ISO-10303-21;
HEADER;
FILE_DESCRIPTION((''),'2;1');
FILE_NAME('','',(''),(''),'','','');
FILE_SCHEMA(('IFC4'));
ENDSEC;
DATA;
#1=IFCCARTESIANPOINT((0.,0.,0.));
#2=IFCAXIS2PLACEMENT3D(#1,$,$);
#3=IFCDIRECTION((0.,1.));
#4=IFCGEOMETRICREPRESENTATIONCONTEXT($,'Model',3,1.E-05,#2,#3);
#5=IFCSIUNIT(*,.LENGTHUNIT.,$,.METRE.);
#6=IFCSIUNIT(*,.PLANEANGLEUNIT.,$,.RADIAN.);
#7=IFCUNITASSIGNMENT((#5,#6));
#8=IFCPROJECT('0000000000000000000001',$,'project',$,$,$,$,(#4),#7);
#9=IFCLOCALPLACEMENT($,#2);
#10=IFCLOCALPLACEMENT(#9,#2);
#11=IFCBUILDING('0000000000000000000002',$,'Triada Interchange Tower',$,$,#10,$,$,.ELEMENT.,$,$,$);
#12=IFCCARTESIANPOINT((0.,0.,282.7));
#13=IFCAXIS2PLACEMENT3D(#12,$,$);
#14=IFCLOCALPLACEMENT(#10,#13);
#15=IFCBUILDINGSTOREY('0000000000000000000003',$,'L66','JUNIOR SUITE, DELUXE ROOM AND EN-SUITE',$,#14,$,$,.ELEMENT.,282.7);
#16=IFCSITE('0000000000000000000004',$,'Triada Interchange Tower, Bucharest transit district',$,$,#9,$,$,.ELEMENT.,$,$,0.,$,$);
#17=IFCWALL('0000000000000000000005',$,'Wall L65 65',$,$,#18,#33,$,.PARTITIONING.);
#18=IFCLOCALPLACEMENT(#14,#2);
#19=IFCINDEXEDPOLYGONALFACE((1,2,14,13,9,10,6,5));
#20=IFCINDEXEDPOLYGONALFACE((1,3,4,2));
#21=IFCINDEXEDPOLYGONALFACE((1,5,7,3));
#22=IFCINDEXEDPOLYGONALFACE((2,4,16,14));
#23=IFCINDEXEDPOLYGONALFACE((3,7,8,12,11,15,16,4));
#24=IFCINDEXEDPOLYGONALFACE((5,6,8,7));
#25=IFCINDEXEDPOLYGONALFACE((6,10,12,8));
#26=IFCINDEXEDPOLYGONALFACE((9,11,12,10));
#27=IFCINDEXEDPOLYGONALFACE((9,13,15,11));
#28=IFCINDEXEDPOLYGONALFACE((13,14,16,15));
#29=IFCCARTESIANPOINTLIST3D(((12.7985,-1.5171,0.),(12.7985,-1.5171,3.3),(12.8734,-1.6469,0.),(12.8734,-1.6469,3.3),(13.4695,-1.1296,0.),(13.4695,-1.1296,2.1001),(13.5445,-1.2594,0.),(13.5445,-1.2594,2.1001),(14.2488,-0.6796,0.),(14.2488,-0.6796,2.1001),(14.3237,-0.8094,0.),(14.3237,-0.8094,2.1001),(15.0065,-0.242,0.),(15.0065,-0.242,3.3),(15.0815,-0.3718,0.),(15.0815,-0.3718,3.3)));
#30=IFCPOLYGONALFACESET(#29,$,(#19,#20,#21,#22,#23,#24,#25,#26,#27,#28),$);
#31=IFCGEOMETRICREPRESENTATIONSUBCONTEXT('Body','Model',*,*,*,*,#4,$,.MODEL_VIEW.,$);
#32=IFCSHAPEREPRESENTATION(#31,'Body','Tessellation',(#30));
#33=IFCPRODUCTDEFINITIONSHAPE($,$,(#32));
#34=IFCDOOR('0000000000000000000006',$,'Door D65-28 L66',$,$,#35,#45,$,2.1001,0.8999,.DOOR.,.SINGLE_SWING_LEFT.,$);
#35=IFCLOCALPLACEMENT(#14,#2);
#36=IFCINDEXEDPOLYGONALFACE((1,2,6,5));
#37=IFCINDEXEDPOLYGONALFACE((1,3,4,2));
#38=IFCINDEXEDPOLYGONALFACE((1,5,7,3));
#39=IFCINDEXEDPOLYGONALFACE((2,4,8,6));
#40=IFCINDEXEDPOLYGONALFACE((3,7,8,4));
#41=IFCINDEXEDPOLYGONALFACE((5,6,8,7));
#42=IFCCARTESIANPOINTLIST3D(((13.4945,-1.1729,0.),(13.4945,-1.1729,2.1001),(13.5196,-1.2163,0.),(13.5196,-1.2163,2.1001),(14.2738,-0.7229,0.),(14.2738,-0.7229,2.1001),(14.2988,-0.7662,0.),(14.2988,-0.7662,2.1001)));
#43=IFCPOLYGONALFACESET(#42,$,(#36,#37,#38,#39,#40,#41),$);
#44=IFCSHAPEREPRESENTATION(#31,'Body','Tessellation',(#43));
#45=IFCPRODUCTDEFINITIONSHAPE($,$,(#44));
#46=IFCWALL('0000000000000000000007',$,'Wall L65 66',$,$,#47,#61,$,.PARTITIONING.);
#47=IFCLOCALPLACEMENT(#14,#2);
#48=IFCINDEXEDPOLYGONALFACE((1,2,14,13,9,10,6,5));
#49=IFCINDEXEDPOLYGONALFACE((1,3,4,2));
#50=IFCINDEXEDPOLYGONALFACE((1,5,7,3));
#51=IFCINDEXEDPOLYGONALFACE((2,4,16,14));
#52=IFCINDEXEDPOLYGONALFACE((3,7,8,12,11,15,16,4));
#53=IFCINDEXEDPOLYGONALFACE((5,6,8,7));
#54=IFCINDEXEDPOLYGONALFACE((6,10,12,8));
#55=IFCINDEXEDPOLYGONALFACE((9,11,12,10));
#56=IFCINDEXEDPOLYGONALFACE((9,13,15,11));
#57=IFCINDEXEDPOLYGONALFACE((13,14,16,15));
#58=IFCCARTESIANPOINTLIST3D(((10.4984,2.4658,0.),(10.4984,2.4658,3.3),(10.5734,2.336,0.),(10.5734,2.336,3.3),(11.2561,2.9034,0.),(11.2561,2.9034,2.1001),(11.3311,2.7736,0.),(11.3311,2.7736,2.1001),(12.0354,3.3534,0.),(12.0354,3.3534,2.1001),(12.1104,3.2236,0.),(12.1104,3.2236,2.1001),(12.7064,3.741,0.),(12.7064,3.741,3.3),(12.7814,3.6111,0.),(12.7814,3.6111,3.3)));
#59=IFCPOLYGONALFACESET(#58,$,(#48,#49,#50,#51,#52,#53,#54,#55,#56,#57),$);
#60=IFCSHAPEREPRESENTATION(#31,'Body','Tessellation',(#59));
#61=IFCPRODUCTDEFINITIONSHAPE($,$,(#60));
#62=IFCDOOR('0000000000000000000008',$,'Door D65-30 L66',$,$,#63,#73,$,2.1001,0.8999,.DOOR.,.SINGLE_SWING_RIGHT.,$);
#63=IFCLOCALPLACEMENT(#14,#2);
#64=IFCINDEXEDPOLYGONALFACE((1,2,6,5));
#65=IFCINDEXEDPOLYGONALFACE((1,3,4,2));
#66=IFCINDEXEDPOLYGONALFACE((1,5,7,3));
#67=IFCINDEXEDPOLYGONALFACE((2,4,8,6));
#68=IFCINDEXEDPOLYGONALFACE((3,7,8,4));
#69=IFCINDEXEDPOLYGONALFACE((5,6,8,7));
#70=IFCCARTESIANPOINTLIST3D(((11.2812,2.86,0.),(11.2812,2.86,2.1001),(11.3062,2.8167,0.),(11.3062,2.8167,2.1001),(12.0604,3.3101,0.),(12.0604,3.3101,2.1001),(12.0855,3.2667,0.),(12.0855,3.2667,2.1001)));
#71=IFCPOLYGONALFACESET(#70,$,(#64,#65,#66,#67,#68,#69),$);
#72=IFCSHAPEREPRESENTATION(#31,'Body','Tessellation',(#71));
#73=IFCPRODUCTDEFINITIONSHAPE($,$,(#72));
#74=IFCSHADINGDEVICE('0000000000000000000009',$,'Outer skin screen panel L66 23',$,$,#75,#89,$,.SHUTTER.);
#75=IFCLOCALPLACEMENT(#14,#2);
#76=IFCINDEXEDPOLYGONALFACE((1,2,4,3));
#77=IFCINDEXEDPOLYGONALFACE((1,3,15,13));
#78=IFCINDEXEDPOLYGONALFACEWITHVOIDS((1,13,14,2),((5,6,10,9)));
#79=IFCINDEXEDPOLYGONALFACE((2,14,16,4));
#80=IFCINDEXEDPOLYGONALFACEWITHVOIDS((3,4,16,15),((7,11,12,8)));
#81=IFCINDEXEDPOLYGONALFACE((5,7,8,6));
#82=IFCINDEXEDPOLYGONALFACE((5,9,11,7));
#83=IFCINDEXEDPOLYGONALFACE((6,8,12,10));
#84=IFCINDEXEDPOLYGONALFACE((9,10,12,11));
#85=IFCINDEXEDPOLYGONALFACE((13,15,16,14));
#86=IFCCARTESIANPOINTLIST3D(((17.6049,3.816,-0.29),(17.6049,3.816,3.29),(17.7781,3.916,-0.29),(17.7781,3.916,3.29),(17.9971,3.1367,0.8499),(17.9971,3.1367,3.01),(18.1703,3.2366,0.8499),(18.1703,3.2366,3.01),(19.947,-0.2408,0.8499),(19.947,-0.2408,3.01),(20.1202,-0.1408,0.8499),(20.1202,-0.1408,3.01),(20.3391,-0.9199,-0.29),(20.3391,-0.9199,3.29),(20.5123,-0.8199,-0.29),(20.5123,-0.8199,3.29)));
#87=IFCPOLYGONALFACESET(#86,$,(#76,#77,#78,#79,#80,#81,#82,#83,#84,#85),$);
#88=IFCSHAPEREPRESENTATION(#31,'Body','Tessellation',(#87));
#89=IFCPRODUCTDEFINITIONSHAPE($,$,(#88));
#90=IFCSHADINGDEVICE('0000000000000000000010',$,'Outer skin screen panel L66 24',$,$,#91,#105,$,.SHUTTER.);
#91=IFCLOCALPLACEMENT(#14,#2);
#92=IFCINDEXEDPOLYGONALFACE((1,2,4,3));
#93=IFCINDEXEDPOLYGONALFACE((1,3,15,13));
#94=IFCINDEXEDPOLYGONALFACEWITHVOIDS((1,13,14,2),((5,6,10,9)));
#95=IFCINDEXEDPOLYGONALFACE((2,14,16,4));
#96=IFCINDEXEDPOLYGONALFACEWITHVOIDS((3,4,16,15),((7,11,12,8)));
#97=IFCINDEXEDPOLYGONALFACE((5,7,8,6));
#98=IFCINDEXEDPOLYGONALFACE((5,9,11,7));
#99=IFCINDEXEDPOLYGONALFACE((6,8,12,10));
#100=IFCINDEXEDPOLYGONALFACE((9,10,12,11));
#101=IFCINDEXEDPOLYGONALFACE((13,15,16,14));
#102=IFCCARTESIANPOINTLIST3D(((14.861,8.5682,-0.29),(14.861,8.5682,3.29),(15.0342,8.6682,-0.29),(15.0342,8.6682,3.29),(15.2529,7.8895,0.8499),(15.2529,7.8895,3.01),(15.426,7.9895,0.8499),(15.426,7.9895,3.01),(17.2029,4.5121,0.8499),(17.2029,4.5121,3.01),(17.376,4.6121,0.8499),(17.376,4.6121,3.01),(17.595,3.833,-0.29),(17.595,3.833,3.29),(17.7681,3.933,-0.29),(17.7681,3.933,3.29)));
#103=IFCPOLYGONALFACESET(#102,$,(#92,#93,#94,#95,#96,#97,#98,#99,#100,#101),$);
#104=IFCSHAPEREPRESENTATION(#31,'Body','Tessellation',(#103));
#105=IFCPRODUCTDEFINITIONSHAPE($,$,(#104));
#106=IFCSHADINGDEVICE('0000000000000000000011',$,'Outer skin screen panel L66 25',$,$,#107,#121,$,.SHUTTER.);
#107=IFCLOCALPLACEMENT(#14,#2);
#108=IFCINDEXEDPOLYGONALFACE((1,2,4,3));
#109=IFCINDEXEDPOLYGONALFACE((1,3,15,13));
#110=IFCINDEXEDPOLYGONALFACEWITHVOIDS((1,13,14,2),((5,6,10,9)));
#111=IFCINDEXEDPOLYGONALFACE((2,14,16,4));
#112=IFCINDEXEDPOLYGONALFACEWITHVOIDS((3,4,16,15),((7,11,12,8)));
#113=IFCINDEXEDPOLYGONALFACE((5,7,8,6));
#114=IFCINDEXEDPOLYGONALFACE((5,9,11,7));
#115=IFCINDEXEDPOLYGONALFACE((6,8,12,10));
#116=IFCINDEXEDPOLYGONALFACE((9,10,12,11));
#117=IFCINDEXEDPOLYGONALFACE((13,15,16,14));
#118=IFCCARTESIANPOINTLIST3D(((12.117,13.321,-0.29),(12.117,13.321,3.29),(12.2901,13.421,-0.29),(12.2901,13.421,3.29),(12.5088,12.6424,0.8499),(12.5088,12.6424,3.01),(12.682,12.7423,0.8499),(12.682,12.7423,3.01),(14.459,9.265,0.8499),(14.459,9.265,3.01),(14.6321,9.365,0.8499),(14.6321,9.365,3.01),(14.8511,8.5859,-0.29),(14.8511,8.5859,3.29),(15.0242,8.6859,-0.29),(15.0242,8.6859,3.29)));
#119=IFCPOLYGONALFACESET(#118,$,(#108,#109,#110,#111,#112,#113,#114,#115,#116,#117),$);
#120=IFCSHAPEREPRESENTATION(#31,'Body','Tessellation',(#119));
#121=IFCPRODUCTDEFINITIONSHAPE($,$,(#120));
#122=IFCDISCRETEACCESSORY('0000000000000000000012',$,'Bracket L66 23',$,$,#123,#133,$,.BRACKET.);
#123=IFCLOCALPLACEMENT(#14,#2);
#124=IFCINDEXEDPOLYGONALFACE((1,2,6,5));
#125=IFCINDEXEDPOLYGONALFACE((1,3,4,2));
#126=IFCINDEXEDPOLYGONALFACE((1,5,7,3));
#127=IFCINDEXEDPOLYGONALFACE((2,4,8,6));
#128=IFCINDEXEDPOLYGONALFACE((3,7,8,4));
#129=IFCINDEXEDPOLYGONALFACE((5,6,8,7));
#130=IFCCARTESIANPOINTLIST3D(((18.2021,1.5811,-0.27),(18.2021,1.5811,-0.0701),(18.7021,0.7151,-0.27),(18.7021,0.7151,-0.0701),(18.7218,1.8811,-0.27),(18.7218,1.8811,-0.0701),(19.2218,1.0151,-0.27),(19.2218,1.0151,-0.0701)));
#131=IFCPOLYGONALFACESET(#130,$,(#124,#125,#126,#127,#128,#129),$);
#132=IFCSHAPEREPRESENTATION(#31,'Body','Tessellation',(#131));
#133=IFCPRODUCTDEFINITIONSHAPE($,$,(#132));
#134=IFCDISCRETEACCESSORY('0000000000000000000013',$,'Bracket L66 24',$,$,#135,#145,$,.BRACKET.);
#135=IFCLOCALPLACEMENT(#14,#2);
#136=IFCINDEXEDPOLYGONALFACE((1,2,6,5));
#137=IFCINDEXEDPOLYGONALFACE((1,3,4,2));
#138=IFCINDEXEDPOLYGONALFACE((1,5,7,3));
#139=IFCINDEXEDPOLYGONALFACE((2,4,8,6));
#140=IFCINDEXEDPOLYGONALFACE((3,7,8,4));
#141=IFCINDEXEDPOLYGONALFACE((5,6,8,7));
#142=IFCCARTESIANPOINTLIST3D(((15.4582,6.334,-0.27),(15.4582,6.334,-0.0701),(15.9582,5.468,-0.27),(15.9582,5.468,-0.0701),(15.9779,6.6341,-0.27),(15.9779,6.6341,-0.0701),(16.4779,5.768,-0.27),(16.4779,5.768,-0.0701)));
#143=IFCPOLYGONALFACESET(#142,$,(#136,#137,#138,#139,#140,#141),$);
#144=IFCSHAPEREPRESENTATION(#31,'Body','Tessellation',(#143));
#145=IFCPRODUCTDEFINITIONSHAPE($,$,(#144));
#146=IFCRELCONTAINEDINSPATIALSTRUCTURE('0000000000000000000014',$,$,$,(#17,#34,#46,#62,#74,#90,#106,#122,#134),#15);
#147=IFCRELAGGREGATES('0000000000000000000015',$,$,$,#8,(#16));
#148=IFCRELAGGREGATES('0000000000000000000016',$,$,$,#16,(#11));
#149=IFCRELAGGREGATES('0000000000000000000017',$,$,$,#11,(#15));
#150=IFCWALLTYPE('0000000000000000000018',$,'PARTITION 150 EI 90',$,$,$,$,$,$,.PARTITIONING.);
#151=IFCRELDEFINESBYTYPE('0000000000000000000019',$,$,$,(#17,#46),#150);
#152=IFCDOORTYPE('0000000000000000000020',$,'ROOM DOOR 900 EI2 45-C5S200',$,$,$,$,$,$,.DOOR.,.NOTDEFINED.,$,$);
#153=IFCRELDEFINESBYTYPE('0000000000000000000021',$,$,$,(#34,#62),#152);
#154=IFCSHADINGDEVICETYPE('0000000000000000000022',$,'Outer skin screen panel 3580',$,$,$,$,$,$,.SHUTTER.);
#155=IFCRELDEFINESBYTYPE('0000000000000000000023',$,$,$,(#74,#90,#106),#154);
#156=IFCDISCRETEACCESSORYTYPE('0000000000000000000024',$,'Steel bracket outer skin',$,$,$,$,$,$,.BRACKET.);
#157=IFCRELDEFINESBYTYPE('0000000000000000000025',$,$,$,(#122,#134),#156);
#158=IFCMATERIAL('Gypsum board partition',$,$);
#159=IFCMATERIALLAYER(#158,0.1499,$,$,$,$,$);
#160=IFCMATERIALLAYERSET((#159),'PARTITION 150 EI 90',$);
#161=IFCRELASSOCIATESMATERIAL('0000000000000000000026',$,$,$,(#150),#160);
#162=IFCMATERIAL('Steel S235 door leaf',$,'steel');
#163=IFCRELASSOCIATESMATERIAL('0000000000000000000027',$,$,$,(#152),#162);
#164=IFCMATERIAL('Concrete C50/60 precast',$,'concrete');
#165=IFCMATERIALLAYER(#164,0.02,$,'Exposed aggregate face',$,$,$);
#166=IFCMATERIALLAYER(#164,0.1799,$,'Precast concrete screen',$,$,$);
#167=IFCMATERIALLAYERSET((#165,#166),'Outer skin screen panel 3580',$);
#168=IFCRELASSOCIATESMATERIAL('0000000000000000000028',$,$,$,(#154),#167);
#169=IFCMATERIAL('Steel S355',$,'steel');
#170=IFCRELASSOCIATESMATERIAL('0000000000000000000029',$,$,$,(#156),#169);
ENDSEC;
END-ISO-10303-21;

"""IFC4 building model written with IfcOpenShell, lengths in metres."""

from ifc_helpers import new_model, si_unit, direction, frame, frame_2d, origin, origin_2d, place, context, subcontext, project, spatial, polyline, rectangle, outline, extrude, material, layer, layer_set, type_object, element, fill, save


model = new_model("IFC4")

# Units and contexts
model_context = context("Model", 3, precision=1e-05, world=origin(), true_north=direction((0.0, 1.0)))
body_context = subcontext(model_context, "Body", "Model", "MODEL_VIEW")
ifc_project = project(units=[si_unit("LENGTHUNIT", "METRE"), si_unit("PLANEANGLEUNIT", "RADIAN")], contexts=[model_context])

# Site, building, storey
site_placement = place(None, origin())
site = spatial("IfcSite", under=ifc_project, at=site_placement, Name="Triada Interchange Tower, Bucharest transit district", CompositionType="ELEMENT", RefElevation=0.0)
building_placement = place(site_placement, origin())
building = spatial("IfcBuilding", under=site, at=building_placement, Name="Triada Interchange Tower", CompositionType="ELEMENT")
storey_placement = place(building_placement, frame((0.0, 0.0, 282.7)))
storey = spatial("IfcBuildingStorey", under=building, at=storey_placement, Name="L66", Description="JUNIOR SUITE, DELUXE ROOM AND EN-SUITE", CompositionType="ELEMENT", Elevation=282.7)

# Shared definitions
ifc_material_1 = material(Name="Gypsum board partition")

# Shared definitions
ifc_layer_1 = layer(ifc_material_1, 0.1499)
ifc_layer_set_1 = layer_set([ifc_layer_1], Name="PARTITION 150 EI 90")
wall_type_1 = type_object("IfcWallType", Name="PARTITION 150 EI 90", PredefinedType="PARTITIONING", material=ifc_layer_set_1)
ifc_material_2 = material(Name="Steel S235 door leaf", Category="steel")
door_type = type_object("IfcDoorType", Name="ROOM DOOR 900 EI2 45-C5S200", OperationType="NOTDEFINED", PredefinedType="DOOR", material=ifc_material_2)

# Walls, openings, doors
wall_1_placement = place(storey_placement, frame((12.8359, -1.582, 0.0), z_axis=(0.0, 0.0, 1.0), x_axis=(0.865966, 0.500104, 0.0)))
wall_1 = element("IfcWall", 1, at=wall_1_placement, inside=storey, type_object=wall_type_1, Name="Wall L65 65", PredefinedType="PARTITIONING", context=body_context, shape_type="SweptSolid", body=[
    extrude(rectangle(XDim=2.5498, YDim=0.1499, at=frame_2d((1.2749, 0.0))), origin(), (0.0, 0.0, 1.0), 3.3),
])
opening_1_placement = place(wall_1_placement, frame((0.7749, 0.0, 0.0)))
opening_1 = element("IfcOpeningElement", 2, at=opening_1_placement, cuts=wall_1, PredefinedType="OPENING", context=body_context, shape_type="SweptSolid", body=[
    extrude(rectangle(XDim=0.8999, YDim=2.1001, at=frame_2d((0.45, 1.05))), frame((0.0, 0.085, 0.0), z_axis=(0.0, -1.0, 0.0), x_axis=(1.0, 0.0, 0.0)), (0.0, 0.0, 1.0), 0.1699),
])
door_1_placement = place(opening_1_placement, origin())
door_1 = element("IfcDoor", 3, at=door_1_placement, inside=storey, type_object=door_type, Name="Door D65-28 L66", OperationType="SINGLE_SWING_LEFT", OverallHeight=2.1001, OverallWidth=0.8999, PredefinedType="DOOR", context=body_context, shape_type="SweptSolid", body=[
    extrude(rectangle(XDim=0.8999, YDim=2.1001, at=frame_2d((0.45, 1.05))), frame((0.0, 0.0249, 0.0), z_axis=(0.0, -1.0, 0.0), x_axis=(1.0, 0.0, 0.0)), (0.0, 0.0, 1.0), 0.05),
])
fill(opening_1, door_1)
wall_2_placement = place(storey_placement, frame((10.5359, 2.4009, 0.0), z_axis=(0.0, 0.0, 1.0), x_axis=(0.865966, 0.500104, 0.0)))
wall_2 = element("IfcWall", 4, at=wall_2_placement, inside=storey, type_object=wall_type_1, Name="Wall L65 66", PredefinedType="PARTITIONING", context=body_context, shape_type="SweptSolid", body=[
    extrude(rectangle(XDim=2.5498, YDim=0.1499, at=frame_2d((1.2749, 0.0))), origin(), (0.0, 0.0, 1.0), 3.3),
])
opening_2_placement = place(wall_2_placement, frame((0.875, 0.0, 0.0)))
opening_2 = element("IfcOpeningElement", 5, at=opening_2_placement, cuts=wall_2, PredefinedType="OPENING", context=body_context, shape_type="SweptSolid", body=[
    extrude(rectangle(XDim=0.8999, YDim=2.1001, at=frame_2d((0.45, 1.05))), frame((0.0, 0.085, 0.0), z_axis=(0.0, -1.0, 0.0), x_axis=(1.0, 0.0, 0.0)), (0.0, 0.0, 1.0), 0.1699),
])
door_2_placement = place(opening_2_placement, origin())
door_2 = element("IfcDoor", 6, at=door_2_placement, inside=storey, type_object=door_type, Name="Door D65-30 L66", OperationType="SINGLE_SWING_RIGHT", OverallHeight=2.1001, OverallWidth=0.8999, PredefinedType="DOOR", context=body_context, shape_type="SweptSolid", body=[
    extrude(rectangle(XDim=0.8999, YDim=2.1001, at=frame_2d((0.45, 1.05))), frame((0.0, 0.0249, 0.0), z_axis=(0.0, -1.0, 0.0), x_axis=(1.0, 0.0, 0.0)), (0.0, 0.0, 1.0), 0.05),
])
fill(opening_2, door_2)

# Shading devices
ifc_material_3 = material(Name="Concrete C50/60 precast", Category="concrete")
ifc_layer_2 = layer(ifc_material_3, 0.02, Name="Exposed aggregate face")
ifc_layer_3 = layer(ifc_material_3, 0.1799, Name="Precast concrete screen")
ifc_layer_set_2 = layer_set([ifc_layer_2, ifc_layer_3], Name="Outer skin screen panel 3580")
shading_device_type = type_object("IfcShadingDeviceType", Name="Outer skin screen panel 3580", PredefinedType="SHUTTER", material=ifc_layer_set_2)
shading_device_placement = place(storey_placement, frame((20.3391, -0.9199, -0.29), z_axis=(0.0, 0.0, 1.0), x_axis=(-0.499985, 0.866034, 0.0)))
element("IfcShadingDevice", 7, at=shading_device_placement, inside=storey, type_object=shading_device_type, Name="Outer skin screen panel L66 23", PredefinedType="SHUTTER", context=body_context, shape_type="SweptSolid", body=[
    extrude(outline(polyline([(0.0, 0.0), (5.4685, 0.0), (5.4685, 3.5801), (0.0, 3.5801), (0.0, 0.0)]), holes=[polyline([(0.7842, 1.1399), (0.7842, 3.3), (4.6841, 3.3), (4.6841, 1.1399), (0.7842, 1.1399)])]), frame((0.0, 0.0, 0.0), z_axis=(0.0, -1.0, 0.0), x_axis=(1.0, 0.0, 0.0)), (0.0, 0.0, 1.0), 0.2),
])
for number, where, z_axis, x_axis, name in (
    (8, (17.595, 3.833, -0.29), (0.0, 0.0, 1.0), (-0.50001, 0.86602, 0.0), "Outer skin screen panel L66 24"),
    (9, (14.8511, 8.5859, -0.29), (0.0, 0.0, 1.0), (-0.500043, 0.866, 0.0), "Outer skin screen panel L66 25"),
):
    element("IfcShadingDevice", number, at=place(storey_placement, frame(where, z_axis=z_axis, x_axis=x_axis)), inside=storey, type_object=shading_device_type, Name=name, PredefinedType="SHUTTER", context=body_context, shape_type="SweptSolid", body=[
        extrude(outline(polyline([(0.0, 0.0), (5.4678, 0.0), (5.4678, 3.5801), (0.0, 3.5801), (0.0, 0.0)]), holes=[polyline([(0.7842, 1.1399), (0.7842, 3.3), (4.6841, 3.3), (4.6841, 1.1399), (0.7842, 1.1399)])]), frame((0.0, 0.0, 0.0), z_axis=(0.0, -1.0, 0.0), x_axis=(1.0, 0.0, 0.0)), (0.0, 0.0, 1.0), 0.2),
    ])

# Discrete accessories
ifc_material_4 = material(Name="Steel S355", Category="steel")
discrete_accessory_type = type_object("IfcDiscreteAccessoryType", Name="Steel bracket outer skin", PredefinedType="BRACKET", material=ifc_material_4)
for number, where, z_axis, x_axis, name in (
    (10, (18.7119, 1.2981, -0.27), (0.0, 0.0, 1.0), (0.866024, 0.500002, 0.0), "Bracket L66 23"),
    (11, (15.968, 6.051, -0.27), (0.0, 0.0, 1.0), (0.866024, 0.500002, 0.0), "Bracket L66 24"),
):
    element("IfcDiscreteAccessory", number, at=place(storey_placement, frame(where, z_axis=z_axis, x_axis=x_axis)), inside=storey, type_object=discrete_accessory_type, Name=name, PredefinedType="BRACKET", context=body_context, shape_type="SweptSolid", body=[
        extrude(rectangle(XDim=0.6001, YDim=1.0, at=origin_2d()), origin(), (0.0, 0.0, 1.0), 0.2),
    ])

save(model, "model.ifc")
